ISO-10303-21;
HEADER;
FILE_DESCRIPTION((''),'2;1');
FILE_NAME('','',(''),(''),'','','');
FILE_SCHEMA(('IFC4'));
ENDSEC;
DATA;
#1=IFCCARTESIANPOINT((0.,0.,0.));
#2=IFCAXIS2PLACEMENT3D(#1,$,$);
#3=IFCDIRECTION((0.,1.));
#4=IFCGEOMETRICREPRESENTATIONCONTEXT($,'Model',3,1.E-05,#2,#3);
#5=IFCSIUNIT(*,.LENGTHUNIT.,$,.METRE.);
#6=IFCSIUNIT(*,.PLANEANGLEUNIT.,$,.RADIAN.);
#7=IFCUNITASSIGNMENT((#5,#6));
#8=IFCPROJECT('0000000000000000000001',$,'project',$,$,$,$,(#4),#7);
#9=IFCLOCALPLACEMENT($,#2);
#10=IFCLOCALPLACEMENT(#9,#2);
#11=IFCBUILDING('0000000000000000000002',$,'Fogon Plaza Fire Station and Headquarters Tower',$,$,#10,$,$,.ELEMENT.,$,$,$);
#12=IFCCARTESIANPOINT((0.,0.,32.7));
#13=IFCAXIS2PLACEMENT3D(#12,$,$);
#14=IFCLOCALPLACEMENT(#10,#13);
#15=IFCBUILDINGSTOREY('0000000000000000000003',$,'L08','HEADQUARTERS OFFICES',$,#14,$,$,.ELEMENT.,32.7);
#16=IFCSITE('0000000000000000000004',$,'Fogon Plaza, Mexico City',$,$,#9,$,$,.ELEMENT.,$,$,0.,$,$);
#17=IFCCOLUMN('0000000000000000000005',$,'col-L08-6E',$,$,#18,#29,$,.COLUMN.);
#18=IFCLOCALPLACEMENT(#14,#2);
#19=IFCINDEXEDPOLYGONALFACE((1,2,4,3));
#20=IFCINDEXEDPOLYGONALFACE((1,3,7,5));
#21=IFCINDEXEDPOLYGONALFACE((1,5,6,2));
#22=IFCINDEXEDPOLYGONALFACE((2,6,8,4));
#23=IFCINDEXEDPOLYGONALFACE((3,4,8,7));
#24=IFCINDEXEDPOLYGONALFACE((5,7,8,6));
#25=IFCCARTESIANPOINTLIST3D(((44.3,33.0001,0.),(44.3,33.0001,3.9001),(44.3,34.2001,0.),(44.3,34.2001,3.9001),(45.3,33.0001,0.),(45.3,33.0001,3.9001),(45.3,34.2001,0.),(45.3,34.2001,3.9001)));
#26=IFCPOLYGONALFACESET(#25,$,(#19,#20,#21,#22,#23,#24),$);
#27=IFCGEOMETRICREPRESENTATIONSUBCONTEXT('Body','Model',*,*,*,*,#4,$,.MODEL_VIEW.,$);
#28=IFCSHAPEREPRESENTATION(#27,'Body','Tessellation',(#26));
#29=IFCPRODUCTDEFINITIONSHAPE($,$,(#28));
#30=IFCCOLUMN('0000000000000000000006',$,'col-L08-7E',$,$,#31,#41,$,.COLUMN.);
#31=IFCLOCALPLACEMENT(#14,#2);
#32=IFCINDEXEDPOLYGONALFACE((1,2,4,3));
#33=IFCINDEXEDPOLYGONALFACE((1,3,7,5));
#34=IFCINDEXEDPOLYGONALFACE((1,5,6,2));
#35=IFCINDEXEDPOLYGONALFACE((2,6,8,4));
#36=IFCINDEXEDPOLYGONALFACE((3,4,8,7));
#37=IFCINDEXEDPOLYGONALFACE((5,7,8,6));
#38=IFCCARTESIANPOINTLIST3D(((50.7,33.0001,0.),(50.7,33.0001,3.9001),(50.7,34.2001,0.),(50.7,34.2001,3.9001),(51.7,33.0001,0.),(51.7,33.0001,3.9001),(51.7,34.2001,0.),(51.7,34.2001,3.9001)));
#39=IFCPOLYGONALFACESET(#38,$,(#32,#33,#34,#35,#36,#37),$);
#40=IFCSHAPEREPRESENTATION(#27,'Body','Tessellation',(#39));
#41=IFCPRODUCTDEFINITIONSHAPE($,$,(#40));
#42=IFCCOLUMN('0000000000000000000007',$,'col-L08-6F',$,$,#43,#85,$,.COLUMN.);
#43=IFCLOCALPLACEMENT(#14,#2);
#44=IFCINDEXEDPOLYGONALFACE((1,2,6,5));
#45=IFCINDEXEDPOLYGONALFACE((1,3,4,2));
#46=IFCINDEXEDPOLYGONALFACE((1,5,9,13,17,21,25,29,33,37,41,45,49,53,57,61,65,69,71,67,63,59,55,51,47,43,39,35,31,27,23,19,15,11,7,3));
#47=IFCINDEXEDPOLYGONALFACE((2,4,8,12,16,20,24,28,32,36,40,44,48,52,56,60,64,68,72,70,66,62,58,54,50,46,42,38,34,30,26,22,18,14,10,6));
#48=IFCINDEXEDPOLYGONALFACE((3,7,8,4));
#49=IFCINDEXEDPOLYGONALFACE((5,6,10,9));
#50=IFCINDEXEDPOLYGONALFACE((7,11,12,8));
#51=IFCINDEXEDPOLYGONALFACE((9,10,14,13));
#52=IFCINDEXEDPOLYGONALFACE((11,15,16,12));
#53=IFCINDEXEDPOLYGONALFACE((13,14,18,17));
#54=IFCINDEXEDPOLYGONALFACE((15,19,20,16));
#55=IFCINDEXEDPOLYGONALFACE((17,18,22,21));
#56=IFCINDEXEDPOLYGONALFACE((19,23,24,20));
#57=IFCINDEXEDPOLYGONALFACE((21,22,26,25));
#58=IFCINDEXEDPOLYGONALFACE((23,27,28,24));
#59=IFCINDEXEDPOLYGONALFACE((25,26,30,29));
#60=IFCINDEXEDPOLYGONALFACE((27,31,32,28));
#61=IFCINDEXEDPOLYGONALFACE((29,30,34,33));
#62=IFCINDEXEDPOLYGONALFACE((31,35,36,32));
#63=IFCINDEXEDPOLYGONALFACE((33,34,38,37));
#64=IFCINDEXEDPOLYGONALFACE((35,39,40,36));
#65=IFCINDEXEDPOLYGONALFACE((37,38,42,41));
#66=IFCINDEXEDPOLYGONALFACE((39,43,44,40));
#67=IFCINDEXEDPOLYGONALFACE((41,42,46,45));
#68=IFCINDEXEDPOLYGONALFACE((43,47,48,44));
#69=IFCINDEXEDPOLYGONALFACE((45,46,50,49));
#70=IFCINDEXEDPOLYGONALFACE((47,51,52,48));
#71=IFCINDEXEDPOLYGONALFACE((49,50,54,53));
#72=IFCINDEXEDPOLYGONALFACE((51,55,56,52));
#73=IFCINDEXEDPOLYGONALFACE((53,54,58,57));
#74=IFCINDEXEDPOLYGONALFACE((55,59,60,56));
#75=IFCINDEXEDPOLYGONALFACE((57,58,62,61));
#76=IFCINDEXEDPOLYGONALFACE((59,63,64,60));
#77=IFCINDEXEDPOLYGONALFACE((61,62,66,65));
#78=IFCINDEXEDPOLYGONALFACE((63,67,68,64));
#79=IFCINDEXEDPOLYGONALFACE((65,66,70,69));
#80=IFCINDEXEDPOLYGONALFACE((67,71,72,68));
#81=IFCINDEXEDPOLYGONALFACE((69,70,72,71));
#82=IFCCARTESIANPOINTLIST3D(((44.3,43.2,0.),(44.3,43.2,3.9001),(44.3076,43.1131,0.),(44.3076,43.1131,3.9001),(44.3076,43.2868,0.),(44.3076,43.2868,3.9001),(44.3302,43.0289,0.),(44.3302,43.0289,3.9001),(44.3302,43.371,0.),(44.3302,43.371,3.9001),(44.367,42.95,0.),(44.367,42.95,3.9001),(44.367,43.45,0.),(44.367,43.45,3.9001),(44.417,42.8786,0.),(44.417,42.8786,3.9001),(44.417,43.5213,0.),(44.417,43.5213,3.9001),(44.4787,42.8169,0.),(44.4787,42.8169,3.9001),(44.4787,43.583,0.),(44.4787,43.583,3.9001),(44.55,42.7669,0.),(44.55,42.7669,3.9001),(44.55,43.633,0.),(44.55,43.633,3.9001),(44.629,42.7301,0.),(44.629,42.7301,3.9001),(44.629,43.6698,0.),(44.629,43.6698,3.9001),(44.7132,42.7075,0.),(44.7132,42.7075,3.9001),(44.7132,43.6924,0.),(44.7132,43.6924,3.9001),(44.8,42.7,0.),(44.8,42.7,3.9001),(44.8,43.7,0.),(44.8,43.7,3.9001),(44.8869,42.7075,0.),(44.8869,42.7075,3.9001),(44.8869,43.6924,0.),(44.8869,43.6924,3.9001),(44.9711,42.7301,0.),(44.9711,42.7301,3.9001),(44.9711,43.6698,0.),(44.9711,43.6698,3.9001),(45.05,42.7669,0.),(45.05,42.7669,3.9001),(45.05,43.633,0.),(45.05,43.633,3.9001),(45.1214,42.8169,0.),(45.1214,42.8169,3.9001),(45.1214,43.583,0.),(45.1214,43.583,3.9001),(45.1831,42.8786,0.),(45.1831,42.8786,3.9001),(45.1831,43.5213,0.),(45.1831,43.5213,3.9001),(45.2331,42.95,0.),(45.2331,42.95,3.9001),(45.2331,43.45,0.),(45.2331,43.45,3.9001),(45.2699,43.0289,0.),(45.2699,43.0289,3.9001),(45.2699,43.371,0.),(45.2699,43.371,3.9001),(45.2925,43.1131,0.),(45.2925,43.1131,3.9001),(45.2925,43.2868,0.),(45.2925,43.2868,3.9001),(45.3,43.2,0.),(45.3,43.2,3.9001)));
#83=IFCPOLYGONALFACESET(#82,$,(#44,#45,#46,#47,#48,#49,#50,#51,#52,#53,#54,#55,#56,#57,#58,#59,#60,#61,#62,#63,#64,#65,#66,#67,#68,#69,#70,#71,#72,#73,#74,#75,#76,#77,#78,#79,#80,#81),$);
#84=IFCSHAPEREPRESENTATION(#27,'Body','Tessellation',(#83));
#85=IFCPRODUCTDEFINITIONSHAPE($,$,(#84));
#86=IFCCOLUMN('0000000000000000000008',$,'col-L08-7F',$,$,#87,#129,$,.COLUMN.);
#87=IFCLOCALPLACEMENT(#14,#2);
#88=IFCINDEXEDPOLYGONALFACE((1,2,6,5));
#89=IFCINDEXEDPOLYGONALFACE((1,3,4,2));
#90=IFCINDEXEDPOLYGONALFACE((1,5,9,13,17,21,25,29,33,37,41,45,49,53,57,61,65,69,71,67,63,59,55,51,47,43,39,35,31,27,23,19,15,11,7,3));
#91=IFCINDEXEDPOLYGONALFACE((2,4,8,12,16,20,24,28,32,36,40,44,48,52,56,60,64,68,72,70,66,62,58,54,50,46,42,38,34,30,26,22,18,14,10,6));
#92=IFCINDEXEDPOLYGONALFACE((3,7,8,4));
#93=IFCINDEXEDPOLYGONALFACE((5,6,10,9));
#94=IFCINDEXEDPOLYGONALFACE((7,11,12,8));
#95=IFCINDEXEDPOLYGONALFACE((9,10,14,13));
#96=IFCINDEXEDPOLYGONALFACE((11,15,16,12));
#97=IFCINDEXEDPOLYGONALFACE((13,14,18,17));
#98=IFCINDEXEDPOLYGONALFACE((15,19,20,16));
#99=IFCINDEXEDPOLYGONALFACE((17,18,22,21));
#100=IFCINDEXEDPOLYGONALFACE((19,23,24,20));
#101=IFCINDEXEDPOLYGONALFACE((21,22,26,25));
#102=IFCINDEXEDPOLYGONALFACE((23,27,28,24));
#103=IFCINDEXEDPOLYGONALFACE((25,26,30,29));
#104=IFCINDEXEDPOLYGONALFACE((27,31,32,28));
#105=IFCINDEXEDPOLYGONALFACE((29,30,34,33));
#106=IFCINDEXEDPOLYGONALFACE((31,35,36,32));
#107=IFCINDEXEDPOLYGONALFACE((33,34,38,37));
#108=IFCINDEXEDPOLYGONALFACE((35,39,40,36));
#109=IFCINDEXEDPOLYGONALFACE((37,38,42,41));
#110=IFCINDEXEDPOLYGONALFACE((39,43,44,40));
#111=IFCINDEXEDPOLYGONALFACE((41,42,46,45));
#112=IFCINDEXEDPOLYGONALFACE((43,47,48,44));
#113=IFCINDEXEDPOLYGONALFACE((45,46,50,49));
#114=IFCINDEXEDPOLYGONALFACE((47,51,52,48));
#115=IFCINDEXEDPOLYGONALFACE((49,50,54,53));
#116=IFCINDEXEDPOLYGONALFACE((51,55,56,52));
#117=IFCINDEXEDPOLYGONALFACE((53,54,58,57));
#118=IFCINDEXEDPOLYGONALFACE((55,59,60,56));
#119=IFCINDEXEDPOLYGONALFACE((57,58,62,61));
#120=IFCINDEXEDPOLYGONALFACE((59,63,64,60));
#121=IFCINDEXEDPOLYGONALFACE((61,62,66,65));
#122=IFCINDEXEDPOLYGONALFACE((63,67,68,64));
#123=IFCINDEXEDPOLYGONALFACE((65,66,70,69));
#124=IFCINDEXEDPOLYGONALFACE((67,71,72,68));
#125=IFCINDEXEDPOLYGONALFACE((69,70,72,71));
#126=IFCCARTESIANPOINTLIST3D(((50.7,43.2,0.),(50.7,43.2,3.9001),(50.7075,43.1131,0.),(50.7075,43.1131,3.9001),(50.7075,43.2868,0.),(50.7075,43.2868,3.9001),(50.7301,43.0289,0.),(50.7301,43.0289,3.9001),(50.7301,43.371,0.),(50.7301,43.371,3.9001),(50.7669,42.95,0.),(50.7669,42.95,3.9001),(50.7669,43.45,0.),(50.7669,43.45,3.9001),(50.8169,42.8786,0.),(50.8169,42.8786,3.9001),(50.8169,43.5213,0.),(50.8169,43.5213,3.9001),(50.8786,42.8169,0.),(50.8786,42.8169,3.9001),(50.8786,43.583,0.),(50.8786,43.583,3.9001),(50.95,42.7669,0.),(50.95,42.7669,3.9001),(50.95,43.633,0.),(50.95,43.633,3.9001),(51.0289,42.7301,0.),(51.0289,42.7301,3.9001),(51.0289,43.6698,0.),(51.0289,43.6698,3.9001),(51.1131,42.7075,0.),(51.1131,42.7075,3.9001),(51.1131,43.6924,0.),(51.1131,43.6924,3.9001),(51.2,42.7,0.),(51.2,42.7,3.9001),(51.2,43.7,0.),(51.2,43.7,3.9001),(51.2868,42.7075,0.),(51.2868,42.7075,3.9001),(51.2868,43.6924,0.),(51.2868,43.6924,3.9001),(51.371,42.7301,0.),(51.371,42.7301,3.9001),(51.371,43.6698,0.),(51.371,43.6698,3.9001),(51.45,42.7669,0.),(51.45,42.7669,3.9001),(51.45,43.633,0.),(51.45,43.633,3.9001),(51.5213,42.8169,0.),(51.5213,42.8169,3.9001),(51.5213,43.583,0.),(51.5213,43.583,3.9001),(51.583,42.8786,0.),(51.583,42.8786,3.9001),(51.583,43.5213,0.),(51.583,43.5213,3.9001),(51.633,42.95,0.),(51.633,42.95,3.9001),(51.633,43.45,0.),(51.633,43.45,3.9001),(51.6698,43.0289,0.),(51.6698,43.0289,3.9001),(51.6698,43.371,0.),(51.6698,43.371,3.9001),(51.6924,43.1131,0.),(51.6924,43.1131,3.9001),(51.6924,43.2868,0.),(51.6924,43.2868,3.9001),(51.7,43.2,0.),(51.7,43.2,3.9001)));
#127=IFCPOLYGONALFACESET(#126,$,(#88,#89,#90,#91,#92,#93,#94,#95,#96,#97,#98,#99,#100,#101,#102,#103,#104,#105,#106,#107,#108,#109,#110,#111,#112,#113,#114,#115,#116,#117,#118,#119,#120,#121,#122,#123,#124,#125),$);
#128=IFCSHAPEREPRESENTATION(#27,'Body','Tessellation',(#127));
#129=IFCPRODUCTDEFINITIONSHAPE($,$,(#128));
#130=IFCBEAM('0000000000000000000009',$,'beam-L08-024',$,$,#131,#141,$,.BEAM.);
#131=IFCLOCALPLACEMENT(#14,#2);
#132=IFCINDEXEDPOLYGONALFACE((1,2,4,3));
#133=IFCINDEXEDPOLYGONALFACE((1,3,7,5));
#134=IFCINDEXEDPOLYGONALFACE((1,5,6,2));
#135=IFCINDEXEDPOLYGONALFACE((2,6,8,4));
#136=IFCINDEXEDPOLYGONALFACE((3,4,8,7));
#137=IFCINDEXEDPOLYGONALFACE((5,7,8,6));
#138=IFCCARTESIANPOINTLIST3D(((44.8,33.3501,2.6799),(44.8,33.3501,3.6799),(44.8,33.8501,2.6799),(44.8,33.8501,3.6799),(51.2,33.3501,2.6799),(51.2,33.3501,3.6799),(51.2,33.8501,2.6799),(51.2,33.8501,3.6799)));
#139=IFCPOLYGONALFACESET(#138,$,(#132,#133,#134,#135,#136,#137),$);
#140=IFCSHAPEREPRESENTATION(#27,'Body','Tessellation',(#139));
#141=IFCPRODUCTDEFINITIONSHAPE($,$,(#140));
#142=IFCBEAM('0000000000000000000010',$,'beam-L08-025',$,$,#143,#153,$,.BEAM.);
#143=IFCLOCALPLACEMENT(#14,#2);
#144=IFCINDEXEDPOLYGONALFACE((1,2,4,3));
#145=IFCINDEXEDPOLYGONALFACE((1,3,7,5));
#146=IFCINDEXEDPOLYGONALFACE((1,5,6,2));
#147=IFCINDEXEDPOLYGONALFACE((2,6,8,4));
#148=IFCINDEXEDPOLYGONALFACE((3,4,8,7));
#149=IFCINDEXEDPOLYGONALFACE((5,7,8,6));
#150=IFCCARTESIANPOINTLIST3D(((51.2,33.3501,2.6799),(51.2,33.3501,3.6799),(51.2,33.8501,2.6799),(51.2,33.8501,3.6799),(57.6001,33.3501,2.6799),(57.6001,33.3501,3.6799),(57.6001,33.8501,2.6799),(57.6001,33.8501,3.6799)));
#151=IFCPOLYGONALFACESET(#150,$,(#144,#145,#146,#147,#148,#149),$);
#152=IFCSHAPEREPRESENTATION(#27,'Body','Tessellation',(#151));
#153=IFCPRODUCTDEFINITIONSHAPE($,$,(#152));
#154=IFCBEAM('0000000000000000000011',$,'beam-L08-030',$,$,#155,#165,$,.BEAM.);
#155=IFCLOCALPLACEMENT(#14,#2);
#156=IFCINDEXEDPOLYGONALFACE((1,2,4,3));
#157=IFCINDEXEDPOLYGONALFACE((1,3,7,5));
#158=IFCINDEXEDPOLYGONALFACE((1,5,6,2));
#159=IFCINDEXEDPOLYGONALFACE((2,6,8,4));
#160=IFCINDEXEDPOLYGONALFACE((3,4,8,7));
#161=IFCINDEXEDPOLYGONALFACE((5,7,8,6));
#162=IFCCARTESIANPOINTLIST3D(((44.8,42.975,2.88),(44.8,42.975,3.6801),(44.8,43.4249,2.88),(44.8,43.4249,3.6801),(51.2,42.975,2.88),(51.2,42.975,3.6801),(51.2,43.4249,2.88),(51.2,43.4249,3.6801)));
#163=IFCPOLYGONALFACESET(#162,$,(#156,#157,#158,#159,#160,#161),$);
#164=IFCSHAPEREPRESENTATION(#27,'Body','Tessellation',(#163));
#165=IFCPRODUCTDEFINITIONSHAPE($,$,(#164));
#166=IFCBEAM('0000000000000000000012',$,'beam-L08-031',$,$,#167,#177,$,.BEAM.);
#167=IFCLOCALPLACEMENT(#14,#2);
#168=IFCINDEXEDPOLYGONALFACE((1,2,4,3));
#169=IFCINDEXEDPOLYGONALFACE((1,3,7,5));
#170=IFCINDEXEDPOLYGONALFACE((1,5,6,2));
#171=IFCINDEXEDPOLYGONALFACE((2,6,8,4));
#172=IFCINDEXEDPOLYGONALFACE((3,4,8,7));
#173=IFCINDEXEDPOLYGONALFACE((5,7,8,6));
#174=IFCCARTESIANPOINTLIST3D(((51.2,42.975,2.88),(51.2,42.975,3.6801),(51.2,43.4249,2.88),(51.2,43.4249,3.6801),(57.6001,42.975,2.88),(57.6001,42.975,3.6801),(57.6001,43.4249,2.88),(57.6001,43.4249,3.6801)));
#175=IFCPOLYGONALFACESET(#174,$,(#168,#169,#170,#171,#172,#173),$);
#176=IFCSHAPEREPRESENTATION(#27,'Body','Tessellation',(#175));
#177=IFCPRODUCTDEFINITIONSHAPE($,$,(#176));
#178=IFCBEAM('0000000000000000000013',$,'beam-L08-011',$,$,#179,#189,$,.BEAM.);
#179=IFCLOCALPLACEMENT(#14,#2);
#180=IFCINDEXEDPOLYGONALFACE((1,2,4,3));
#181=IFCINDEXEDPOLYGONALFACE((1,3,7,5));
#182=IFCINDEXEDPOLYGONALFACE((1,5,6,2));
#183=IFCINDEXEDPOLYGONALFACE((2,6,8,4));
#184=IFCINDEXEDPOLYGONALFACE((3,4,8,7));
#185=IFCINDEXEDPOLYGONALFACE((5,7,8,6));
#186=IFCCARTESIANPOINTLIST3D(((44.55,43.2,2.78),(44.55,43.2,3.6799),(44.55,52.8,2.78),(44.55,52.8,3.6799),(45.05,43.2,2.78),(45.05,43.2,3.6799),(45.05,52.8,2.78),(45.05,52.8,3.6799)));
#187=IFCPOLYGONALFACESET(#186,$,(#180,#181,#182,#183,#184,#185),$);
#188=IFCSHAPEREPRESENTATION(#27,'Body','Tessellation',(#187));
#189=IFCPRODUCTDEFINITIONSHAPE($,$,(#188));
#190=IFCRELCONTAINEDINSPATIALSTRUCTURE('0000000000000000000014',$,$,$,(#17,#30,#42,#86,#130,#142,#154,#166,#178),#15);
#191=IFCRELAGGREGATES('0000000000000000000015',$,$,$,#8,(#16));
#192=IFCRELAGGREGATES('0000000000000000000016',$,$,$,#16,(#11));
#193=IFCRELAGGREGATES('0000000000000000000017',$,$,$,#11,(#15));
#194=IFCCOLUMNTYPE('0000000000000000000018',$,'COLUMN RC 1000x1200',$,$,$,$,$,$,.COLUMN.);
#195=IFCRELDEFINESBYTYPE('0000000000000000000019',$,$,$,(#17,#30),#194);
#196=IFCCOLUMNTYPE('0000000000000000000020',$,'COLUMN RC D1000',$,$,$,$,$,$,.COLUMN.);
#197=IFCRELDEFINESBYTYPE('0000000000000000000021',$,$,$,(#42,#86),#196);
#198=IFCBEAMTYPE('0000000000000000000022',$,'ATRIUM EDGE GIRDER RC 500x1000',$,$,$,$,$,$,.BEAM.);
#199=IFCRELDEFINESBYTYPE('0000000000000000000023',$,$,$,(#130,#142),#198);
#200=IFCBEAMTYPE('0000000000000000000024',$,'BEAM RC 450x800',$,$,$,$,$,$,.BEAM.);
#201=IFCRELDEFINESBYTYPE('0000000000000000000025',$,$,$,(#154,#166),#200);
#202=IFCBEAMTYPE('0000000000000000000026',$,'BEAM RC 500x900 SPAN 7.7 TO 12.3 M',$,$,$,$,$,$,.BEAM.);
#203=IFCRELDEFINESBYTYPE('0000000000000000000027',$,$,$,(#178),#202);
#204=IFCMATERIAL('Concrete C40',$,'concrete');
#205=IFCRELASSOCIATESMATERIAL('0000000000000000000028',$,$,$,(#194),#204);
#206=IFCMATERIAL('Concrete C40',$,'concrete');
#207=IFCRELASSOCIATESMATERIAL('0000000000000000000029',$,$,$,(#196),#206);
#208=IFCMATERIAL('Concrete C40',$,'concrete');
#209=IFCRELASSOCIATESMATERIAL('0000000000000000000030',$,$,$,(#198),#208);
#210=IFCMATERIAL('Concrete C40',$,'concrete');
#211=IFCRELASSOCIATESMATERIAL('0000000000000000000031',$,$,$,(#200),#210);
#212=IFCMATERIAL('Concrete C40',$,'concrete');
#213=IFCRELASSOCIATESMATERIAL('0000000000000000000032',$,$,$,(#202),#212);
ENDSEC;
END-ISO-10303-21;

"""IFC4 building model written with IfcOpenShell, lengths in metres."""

from ifc_helpers import new_model, si_unit, direction, frame, origin, origin_2d, place, context, subcontext, project, spatial, rectangle, circle, extrude, material, material_profile, profile_set, type_object, element, save


model = new_model("IFC4")

# Units and contexts
model_context = context("Model", 3, precision=1e-05, world=origin(), true_north=direction((0.0, 1.0)))
body_context = subcontext(model_context, "Body", "Model", "MODEL_VIEW")
ifc_project = project(units=[si_unit("LENGTHUNIT", "METRE"), si_unit("PLANEANGLEUNIT", "RADIAN")], contexts=[model_context])

# Site, building, storey
site_placement = place(None, origin())
site = spatial("IfcSite", under=ifc_project, at=site_placement, Name="Fogon Plaza, Mexico City", CompositionType="ELEMENT", RefElevation=0.0)
building_placement = place(site_placement, origin())
building = spatial("IfcBuilding", under=site, at=building_placement, Name="Fogon Plaza Fire Station and Headquarters Tower", CompositionType="ELEMENT")
storey_placement = place(building_placement, frame((0.0, 0.0, 32.7)))
storey = spatial("IfcBuildingStorey", under=building, at=storey_placement, Name="L08", Description="HEADQUARTERS OFFICES", CompositionType="ELEMENT", Elevation=32.7)

# Columns
ifc_material_1 = material(Name="Concrete C40", Category="concrete")
ifc_material_profile_1 = material_profile(ifc_material_1, rectangle(XDim=1.0, YDim=1.2, at=origin_2d()), Name="RC 1000x1200")
ifc_profile_set_1 = profile_set([ifc_material_profile_1], Name="Concrete C40")
column_type_1 = type_object("IfcColumnType", Name="COLUMN RC 1000x1200", PredefinedType="COLUMN", material=ifc_profile_set_1)
for number, where, z_axis, x_axis, name in (
    (1, (44.8, 33.6001, 0.0), (0.0, 0.0, 1.0), (1.0, 0.0, 0.0), "col-L08-6E"),
    (2, (51.2, 33.6001, 0.0), (0.0, 0.0, 1.0), (1.0, 0.0, 0.0), "col-L08-7E"),
):
    element("IfcColumn", number, at=place(storey_placement, frame(where, z_axis=z_axis, x_axis=x_axis)), inside=storey, type_object=column_type_1, Name=name, PredefinedType="COLUMN", context=body_context, shape_type="SweptSolid", body=[
        extrude(rectangle(XDim=1.0, YDim=1.2, at=origin_2d()), origin(), (0.0, 0.0, 1.0), 3.9001),
    ])
ifc_material_2 = material(Name="Concrete C40", Category="concrete")
ifc_material_profile_2 = material_profile(ifc_material_2, circle(Radius=0.5, at=origin_2d()), Name="RC D1000")
ifc_profile_set_2 = profile_set([ifc_material_profile_2], Name="Concrete C40")
column_type_2 = type_object("IfcColumnType", Name="COLUMN RC D1000", PredefinedType="COLUMN", material=ifc_profile_set_2)
for number, where, z_axis, x_axis, name in (
    (3, (44.8, 43.2, 0.0), (0.0, 0.0, 1.0), (1.0, 0.0, 0.0), "col-L08-6F"),
    (4, (51.2, 43.2, 0.0), (0.0, 0.0, 1.0), (1.0, 0.0, 0.0), "col-L08-7F"),
):
    element("IfcColumn", number, at=place(storey_placement, frame(where, z_axis=z_axis, x_axis=x_axis)), inside=storey, type_object=column_type_2, Name=name, PredefinedType="COLUMN", context=body_context, shape_type="SweptSolid", body=[
        extrude(circle(Radius=0.5, at=origin_2d()), origin(), (0.0, 0.0, 1.0), 3.9001),
    ])

# Beams
ifc_material_3 = material(Name="Concrete C40", Category="concrete")
ifc_material_profile_3 = material_profile(ifc_material_3, rectangle(XDim=0.5, YDim=1.0, at=origin_2d()), Name="RC 500x1000")
ifc_profile_set_3 = profile_set([ifc_material_profile_3], Name="Concrete C40")
beam_type_1 = type_object("IfcBeamType", Name="ATRIUM EDGE GIRDER RC 500x1000", PredefinedType="BEAM", material=ifc_profile_set_3)
beam_1_placement = place(storey_placement, frame((44.8, 33.6001, 3.1799), z_axis=(1.0, 0.0, 0.0), x_axis=(0.0, 1.0, 0.0)))
element("IfcBeam", 5, at=beam_1_placement, inside=storey, type_object=beam_type_1, Name="beam-L08-024", PredefinedType="BEAM", context=body_context, shape_type="SweptSolid", body=[
    extrude(rectangle(XDim=0.5, YDim=1.0, at=origin_2d()), origin(), (0.0, 0.0, 1.0), 6.3999),
])
beam_2_placement = place(storey_placement, frame((51.2, 33.6001, 3.1799), z_axis=(1.0, 0.0, 0.0), x_axis=(0.0, 1.0, 0.0)))
element("IfcBeam", 6, at=beam_2_placement, inside=storey, type_object=beam_type_1, Name="beam-L08-025", PredefinedType="BEAM", context=body_context, shape_type="SweptSolid", body=[
    extrude(rectangle(XDim=0.5, YDim=1.0, at=origin_2d()), origin(), (0.0, 0.0, 1.0), 6.4001),
])
ifc_material_4 = material(Name="Concrete C40", Category="concrete")
ifc_material_profile_4 = material_profile(ifc_material_4, rectangle(XDim=0.45, YDim=0.8, at=origin_2d()), Name="RC 450x800")
ifc_profile_set_4 = profile_set([ifc_material_profile_4], Name="Concrete C40")
beam_type_2 = type_object("IfcBeamType", Name="BEAM RC 450x800", PredefinedType="BEAM", material=ifc_profile_set_4)
beam_3_placement = place(storey_placement, frame((44.8, 43.2, 3.28), z_axis=(1.0, 0.0, 0.0), x_axis=(0.0, 1.0, 0.0)))
element("IfcBeam", 7, at=beam_3_placement, inside=storey, type_object=beam_type_2, Name="beam-L08-030", PredefinedType="BEAM", context=body_context, shape_type="SweptSolid", body=[
    extrude(rectangle(XDim=0.45, YDim=0.8, at=origin_2d()), origin(), (0.0, 0.0, 1.0), 6.3999),
])
beam_4_placement = place(storey_placement, frame((51.2, 43.2, 3.28), z_axis=(1.0, 0.0, 0.0), x_axis=(0.0, 1.0, 0.0)))
element("IfcBeam", 8, at=beam_4_placement, inside=storey, type_object=beam_type_2, Name="beam-L08-031", PredefinedType="BEAM", context=body_context, shape_type="SweptSolid", body=[
    extrude(rectangle(XDim=0.45, YDim=0.8, at=origin_2d()), origin(), (0.0, 0.0, 1.0), 6.4001),
])
ifc_material_5 = material(Name="Concrete C40", Category="concrete")
ifc_material_profile_5 = material_profile(ifc_material_5, rectangle(XDim=0.5, YDim=0.8999, at=origin_2d()), Name="RC 500x900")
ifc_profile_set_5 = profile_set([ifc_material_profile_5], Name="Concrete C40")
beam_type_3 = type_object("IfcBeamType", Name="BEAM RC 500x900 SPAN 7.7 TO 12.3 M", PredefinedType="BEAM", material=ifc_profile_set_5)
for number, where, z_axis, x_axis, name in (
    (9, (44.8, 43.2, 3.23), (0.0, 1.0, 0.0), (-1.0, 0.0, 0.0), "beam-L08-011"),
):
    element("IfcBeam", number, at=place(storey_placement, frame(where, z_axis=z_axis, x_axis=x_axis)), inside=storey, type_object=beam_type_3, Name=name, PredefinedType="BEAM", context=body_context, shape_type="SweptSolid", body=[
        extrude(rectangle(XDim=0.5, YDim=0.8999, at=origin_2d()), origin(), (0.0, 0.0, 1.0), 9.6001),
    ])

save(model, "model.ifc")
